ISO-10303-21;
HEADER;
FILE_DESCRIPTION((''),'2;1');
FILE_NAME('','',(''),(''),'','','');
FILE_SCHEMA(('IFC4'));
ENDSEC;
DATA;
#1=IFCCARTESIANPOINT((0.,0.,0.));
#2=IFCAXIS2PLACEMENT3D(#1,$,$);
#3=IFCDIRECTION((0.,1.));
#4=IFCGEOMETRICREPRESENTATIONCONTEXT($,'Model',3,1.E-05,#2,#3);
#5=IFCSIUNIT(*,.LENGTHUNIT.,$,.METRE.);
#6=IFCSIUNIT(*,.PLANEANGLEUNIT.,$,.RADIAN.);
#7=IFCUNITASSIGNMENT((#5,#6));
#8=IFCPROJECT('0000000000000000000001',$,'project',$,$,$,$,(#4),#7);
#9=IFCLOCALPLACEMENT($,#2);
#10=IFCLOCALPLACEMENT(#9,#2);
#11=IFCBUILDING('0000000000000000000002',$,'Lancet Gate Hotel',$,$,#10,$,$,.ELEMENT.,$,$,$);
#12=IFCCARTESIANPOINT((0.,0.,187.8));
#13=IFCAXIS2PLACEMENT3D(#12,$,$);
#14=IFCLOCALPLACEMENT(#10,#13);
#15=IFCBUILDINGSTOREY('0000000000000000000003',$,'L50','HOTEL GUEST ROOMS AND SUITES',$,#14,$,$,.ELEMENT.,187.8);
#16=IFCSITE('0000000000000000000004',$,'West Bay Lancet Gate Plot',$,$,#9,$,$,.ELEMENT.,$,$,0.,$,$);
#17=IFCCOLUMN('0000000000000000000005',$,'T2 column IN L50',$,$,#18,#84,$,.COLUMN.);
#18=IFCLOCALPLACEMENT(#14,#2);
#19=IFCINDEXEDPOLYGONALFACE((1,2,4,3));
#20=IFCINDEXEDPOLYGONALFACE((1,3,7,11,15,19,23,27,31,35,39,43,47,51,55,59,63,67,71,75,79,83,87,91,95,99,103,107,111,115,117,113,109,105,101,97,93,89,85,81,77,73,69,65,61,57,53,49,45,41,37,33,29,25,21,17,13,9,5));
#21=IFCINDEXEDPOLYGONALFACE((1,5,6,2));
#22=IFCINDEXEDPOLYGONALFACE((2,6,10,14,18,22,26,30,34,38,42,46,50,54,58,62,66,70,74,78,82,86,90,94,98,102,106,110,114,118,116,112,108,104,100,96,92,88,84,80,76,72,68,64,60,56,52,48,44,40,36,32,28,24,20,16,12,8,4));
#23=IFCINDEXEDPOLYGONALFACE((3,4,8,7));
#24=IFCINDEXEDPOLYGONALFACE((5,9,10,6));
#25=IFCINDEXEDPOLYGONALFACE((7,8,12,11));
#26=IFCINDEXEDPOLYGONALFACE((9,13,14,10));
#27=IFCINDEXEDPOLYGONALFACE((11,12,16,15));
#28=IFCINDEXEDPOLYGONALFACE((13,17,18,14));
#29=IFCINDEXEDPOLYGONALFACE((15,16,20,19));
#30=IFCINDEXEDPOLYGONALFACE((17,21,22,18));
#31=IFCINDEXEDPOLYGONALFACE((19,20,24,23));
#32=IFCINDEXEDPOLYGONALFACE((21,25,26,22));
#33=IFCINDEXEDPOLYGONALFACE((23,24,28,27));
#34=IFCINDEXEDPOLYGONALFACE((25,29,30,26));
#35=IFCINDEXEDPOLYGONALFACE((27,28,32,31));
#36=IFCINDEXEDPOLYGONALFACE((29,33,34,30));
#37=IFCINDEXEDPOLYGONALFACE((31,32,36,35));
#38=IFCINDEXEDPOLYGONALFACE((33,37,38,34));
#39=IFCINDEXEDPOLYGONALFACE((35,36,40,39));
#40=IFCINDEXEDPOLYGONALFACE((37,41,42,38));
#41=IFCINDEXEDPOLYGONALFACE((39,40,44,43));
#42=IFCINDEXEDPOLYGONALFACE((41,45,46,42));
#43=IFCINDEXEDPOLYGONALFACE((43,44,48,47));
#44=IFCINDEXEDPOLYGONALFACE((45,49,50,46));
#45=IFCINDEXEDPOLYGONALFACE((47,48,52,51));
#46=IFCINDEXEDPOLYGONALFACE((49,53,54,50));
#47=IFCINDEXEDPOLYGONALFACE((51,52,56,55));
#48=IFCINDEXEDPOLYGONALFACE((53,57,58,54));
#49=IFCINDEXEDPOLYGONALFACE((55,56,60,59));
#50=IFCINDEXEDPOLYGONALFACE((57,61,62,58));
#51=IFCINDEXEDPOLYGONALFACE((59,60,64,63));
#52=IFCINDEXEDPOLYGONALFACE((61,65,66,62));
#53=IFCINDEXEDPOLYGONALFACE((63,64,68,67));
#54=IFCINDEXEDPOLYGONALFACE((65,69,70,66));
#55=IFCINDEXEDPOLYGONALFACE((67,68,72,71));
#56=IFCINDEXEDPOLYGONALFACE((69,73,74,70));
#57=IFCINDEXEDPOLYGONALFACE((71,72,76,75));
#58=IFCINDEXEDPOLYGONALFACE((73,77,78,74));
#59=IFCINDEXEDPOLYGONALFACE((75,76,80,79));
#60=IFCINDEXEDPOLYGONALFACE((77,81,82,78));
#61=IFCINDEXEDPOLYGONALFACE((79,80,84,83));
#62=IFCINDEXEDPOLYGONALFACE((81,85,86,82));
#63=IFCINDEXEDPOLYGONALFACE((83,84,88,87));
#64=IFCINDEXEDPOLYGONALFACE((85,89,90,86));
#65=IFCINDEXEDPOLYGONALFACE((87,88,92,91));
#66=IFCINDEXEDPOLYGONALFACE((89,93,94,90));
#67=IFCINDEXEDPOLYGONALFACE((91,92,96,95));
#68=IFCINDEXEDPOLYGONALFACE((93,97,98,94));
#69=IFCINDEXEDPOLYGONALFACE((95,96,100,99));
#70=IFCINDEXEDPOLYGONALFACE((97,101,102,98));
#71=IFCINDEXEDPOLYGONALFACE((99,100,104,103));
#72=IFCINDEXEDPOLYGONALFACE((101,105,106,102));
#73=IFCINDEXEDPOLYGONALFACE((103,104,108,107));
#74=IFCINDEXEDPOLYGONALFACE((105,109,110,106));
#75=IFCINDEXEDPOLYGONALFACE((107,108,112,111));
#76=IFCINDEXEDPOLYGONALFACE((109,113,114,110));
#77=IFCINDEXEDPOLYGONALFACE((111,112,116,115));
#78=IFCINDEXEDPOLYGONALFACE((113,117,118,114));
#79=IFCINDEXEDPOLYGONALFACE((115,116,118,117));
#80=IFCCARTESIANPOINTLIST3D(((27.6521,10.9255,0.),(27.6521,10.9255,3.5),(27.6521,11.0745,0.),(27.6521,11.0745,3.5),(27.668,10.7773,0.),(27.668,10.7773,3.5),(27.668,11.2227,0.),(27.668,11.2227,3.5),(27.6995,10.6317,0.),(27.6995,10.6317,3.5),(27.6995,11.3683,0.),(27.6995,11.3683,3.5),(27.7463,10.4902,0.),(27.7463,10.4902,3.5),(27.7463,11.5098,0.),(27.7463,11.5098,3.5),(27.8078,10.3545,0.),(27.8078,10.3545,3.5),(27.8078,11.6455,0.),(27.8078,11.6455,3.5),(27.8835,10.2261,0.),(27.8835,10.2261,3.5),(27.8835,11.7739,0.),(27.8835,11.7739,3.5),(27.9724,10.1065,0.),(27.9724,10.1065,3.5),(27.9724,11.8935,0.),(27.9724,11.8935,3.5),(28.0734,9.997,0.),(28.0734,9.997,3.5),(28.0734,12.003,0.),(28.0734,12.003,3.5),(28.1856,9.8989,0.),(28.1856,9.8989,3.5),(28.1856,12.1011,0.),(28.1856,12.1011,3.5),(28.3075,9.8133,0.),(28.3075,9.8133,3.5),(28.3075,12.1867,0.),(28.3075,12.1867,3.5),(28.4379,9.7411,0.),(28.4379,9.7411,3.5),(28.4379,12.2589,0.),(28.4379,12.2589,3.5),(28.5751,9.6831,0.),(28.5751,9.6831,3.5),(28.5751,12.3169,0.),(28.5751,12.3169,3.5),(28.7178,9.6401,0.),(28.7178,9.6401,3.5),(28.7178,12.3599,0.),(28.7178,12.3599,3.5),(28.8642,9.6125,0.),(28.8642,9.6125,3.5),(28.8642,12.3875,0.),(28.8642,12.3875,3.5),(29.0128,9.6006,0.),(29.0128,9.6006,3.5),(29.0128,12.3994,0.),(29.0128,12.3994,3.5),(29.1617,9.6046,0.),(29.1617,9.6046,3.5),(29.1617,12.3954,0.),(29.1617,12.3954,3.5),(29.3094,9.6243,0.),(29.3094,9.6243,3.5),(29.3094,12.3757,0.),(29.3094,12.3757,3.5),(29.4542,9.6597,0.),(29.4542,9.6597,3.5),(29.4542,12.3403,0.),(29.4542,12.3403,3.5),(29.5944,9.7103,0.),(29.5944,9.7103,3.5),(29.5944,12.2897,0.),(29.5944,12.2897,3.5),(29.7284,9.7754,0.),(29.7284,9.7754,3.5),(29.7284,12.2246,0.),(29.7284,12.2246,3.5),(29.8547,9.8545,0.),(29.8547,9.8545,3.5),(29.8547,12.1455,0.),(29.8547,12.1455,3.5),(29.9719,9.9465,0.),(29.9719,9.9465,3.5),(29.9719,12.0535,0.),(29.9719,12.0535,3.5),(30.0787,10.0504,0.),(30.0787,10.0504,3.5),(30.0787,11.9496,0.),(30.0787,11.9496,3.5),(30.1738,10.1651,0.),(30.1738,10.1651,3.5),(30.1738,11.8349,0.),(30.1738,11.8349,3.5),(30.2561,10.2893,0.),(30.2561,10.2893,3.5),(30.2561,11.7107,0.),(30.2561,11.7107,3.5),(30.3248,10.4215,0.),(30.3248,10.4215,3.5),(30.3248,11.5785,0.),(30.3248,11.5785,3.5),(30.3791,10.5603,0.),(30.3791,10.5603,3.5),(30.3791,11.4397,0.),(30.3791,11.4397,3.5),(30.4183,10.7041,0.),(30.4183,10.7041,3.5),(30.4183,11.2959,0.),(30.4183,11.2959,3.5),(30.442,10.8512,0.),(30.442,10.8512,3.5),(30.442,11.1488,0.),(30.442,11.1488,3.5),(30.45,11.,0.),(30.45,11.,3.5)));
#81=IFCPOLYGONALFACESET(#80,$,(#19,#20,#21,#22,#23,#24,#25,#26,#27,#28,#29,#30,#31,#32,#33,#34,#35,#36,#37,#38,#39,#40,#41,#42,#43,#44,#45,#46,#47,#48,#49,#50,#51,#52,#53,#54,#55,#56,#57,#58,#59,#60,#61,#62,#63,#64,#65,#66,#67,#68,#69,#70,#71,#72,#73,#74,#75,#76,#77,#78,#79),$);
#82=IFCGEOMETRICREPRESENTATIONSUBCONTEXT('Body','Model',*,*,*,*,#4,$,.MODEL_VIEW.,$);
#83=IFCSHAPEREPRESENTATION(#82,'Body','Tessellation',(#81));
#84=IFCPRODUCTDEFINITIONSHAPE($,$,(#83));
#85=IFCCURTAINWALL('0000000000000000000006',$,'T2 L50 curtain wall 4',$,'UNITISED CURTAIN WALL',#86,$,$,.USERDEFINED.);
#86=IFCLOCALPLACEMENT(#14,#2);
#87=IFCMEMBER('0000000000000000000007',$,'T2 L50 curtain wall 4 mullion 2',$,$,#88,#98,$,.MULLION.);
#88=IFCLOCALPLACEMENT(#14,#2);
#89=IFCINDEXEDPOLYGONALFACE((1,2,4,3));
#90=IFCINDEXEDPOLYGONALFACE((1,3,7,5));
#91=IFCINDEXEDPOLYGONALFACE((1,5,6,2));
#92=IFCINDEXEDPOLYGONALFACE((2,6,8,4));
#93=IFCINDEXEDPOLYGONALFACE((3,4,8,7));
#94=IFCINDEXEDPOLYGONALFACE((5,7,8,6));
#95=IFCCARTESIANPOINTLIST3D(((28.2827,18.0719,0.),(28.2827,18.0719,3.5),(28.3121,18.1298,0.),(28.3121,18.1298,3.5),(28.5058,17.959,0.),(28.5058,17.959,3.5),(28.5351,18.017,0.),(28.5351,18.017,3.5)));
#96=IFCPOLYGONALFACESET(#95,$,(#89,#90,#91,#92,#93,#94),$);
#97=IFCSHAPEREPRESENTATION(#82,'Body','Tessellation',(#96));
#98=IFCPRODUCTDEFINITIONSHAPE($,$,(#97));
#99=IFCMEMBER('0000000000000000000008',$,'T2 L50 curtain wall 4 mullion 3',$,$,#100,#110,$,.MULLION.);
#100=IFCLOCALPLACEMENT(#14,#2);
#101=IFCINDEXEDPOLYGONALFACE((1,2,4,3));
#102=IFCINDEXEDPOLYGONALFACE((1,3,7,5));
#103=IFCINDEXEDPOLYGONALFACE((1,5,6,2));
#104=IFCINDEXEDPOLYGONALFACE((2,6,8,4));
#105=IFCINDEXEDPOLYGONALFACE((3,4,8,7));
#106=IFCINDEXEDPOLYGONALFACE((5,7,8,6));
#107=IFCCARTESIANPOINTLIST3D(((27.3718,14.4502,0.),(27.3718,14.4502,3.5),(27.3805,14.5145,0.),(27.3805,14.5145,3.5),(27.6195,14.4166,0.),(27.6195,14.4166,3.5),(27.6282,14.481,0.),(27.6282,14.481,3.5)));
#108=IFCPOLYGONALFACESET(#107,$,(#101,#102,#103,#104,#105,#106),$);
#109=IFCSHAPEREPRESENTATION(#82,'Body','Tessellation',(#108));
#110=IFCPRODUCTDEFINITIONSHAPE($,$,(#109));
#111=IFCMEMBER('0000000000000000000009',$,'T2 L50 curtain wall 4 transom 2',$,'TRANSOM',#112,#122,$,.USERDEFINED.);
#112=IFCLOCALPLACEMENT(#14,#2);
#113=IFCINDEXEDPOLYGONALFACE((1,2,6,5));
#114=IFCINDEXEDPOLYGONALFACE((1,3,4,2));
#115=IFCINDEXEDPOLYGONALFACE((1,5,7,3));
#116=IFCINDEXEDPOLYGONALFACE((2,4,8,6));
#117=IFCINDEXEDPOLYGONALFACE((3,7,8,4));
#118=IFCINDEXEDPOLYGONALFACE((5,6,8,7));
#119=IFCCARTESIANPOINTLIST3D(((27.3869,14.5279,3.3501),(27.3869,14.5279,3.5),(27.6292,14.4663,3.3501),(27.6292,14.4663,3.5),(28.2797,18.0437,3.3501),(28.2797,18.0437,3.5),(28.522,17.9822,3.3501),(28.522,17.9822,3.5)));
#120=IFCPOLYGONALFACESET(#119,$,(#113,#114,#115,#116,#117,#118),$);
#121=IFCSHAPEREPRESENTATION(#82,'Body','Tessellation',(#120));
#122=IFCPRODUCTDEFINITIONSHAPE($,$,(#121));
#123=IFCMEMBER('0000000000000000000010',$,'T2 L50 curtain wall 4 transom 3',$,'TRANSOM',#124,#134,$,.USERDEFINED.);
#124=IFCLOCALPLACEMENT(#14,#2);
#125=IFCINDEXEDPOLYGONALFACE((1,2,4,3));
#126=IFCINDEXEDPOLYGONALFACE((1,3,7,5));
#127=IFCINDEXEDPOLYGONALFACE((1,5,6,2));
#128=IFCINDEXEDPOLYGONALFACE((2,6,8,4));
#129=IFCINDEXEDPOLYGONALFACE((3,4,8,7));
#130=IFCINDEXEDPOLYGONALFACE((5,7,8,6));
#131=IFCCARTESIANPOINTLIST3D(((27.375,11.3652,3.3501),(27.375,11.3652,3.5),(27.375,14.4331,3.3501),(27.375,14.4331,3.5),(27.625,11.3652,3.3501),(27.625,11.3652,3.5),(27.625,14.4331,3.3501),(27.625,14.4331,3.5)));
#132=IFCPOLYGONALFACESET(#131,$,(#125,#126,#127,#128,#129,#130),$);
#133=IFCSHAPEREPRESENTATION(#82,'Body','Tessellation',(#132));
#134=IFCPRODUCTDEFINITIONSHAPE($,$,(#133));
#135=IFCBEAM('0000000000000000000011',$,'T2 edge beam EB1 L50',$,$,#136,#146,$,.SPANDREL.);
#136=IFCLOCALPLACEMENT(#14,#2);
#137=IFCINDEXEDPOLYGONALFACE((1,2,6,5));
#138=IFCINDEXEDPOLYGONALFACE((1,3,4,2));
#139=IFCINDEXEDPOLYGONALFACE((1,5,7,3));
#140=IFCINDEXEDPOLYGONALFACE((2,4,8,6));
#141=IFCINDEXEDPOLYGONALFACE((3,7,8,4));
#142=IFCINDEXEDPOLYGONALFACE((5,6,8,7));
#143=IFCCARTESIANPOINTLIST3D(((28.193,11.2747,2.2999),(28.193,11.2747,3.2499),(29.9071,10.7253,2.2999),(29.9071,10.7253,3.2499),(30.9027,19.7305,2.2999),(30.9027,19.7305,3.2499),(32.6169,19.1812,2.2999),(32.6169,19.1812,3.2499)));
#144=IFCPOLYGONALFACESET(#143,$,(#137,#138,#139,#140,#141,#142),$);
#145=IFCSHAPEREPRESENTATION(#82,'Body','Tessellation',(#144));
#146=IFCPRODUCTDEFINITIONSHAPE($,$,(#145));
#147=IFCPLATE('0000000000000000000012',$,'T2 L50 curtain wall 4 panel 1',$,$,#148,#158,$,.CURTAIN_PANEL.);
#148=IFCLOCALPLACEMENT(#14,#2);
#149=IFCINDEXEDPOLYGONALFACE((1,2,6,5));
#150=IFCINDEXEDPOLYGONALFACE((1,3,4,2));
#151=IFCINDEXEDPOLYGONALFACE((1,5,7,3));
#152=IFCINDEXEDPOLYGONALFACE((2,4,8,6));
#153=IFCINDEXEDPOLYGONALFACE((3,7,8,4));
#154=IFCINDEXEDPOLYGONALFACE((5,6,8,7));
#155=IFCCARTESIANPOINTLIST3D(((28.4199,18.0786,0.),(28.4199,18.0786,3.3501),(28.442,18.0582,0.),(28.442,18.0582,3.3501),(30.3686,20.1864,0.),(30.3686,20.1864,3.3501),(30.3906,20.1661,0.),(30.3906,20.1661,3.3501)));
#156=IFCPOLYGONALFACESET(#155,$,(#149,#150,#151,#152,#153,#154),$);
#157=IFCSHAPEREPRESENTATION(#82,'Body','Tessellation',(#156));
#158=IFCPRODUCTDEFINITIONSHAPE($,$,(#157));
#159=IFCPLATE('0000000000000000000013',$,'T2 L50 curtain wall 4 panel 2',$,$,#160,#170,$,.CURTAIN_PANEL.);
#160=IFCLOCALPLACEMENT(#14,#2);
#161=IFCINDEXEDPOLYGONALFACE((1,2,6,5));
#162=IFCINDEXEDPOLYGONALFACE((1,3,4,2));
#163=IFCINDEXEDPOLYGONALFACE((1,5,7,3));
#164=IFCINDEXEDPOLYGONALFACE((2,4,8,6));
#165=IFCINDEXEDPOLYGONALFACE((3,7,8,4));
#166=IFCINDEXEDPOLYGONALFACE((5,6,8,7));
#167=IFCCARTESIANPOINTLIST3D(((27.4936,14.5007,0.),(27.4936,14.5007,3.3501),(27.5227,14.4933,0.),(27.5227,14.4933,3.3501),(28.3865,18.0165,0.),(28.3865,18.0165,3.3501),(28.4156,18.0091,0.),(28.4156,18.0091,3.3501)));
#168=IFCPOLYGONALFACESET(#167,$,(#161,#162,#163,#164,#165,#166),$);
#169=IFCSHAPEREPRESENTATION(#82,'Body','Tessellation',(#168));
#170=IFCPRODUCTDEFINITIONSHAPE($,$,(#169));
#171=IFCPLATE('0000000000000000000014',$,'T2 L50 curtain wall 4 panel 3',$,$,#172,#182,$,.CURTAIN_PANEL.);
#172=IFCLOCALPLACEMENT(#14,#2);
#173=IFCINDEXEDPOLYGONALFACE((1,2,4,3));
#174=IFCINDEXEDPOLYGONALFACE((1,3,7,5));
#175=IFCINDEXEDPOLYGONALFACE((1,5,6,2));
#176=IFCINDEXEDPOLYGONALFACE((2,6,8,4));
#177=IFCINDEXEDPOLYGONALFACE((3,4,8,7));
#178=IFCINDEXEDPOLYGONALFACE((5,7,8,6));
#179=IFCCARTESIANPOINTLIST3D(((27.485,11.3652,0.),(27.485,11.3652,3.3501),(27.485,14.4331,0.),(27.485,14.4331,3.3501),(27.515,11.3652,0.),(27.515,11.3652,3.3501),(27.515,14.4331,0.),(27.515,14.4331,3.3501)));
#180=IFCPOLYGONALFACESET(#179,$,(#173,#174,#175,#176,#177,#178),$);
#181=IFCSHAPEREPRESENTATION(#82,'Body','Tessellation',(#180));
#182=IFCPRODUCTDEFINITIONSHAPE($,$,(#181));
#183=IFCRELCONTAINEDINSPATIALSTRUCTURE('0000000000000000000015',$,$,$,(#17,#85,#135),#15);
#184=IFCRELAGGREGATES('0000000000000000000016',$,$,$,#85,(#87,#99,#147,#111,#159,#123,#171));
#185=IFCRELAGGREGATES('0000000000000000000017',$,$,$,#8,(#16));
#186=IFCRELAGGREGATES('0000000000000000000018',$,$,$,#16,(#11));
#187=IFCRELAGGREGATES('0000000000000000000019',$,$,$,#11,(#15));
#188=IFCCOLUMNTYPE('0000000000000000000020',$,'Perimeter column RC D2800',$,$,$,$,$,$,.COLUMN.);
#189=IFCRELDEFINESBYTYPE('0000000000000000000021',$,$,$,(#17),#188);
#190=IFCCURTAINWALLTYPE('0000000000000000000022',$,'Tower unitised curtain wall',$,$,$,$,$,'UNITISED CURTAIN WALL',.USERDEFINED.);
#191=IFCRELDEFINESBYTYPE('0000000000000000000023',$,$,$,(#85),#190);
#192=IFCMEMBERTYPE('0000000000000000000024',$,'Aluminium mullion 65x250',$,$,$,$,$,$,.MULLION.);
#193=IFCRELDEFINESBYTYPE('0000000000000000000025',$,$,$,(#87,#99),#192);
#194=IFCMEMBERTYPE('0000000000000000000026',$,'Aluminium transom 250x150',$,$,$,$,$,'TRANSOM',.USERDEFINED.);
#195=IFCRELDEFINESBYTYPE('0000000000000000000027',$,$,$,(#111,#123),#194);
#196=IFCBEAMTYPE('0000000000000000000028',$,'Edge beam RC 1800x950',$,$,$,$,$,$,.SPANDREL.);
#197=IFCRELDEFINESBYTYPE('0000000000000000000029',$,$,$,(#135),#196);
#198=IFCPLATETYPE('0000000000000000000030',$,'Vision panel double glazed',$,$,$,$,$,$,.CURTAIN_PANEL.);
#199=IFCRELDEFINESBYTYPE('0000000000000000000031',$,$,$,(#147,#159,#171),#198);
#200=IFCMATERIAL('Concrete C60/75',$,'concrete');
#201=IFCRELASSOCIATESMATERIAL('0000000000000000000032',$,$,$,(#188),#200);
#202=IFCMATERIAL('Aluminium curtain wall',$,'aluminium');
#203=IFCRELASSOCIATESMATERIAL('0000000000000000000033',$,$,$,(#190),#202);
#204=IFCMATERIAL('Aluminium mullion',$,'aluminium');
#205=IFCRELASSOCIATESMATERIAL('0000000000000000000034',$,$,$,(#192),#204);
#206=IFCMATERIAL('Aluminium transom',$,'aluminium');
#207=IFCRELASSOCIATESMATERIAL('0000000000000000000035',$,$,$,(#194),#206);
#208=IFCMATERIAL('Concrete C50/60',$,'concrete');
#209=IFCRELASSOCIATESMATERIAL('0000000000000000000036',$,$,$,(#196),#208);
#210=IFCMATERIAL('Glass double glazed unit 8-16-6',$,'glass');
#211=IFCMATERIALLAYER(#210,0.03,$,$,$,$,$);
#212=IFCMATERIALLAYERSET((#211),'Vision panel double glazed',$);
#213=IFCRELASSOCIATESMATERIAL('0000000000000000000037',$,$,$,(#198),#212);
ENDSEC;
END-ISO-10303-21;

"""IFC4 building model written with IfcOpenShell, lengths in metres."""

from ifc_helpers import new_model, si_unit, direction, frame, origin, origin_2d, place, context, subcontext, project, spatial, rectangle, circle, extrude, material, layer, layer_set, material_profile, profile_set, type_object, element, aggregate, save


model = new_model("IFC4")

# Units and contexts
model_context = context("Model", 3, precision=1e-05, world=origin(), true_north=direction((0.0, 1.0)))
body_context = subcontext(model_context, "Body", "Model", "MODEL_VIEW")
ifc_project = project(units=[si_unit("LENGTHUNIT", "METRE"), si_unit("PLANEANGLEUNIT", "RADIAN")], contexts=[model_context])

# Site, building, storey
site_placement = place(None, origin())
site = spatial("IfcSite", under=ifc_project, at=site_placement, Name="West Bay Lancet Gate Plot", CompositionType="ELEMENT", RefElevation=0.0)
building_placement = place(site_placement, origin())
building = spatial("IfcBuilding", under=site, at=building_placement, Name="Lancet Gate Hotel", CompositionType="ELEMENT")
storey_placement = place(building_placement, frame((0.0, 0.0, 187.8)))
storey = spatial("IfcBuildingStorey", under=building, at=storey_placement, Name="L50", Description="HOTEL GUEST ROOMS AND SUITES", CompositionType="ELEMENT", Elevation=187.8)

# Column
ifc_material_1 = material(Name="Concrete C60/75", Category="concrete")
ifc_material_profile_1 = material_profile(ifc_material_1, circle(Radius=1.3999, at=origin_2d()), Name="RC D2800")
ifc_profile_set_1 = profile_set([ifc_material_profile_1], Name="Concrete C60/75")
column_type = type_object("IfcColumnType", Name="Perimeter column RC D2800", PredefinedType="COLUMN", material=ifc_profile_set_1)
column_placement = place(storey_placement, frame((29.05, 11.0, 0.0), z_axis=(0.0, 0.0, 1.0), x_axis=(1.0, 0.0, 0.0)))
element("IfcColumn", 1, at=column_placement, inside=storey, type_object=column_type, Name="T2 column IN L50", PredefinedType="COLUMN", context=body_context, shape_type="SweptSolid", body=[
    extrude(circle(Radius=1.3999, at=origin_2d()), origin(), (0.0, 0.0, 1.0), 3.5),
])

# Curtain wall, members
ifc_material_2 = material(Name="Aluminium curtain wall", Category="aluminium")
curtain_wall_type = type_object("IfcCurtainWallType", Name="Tower unitised curtain wall", ElementType="UNITISED CURTAIN WALL", PredefinedType="USERDEFINED", material=ifc_material_2)
curtain_wall_placement = place(storey_placement, origin())
curtain_wall = element("IfcCurtainWall", 2, at=curtain_wall_placement, inside=storey, type_object=curtain_wall_type, Name="T2 L50 curtain wall 4", ObjectType="UNITISED CURTAIN WALL", PredefinedType="USERDEFINED")
ifc_material_3 = material(Name="Aluminium mullion", Category="aluminium")
ifc_material_profile_2 = material_profile(ifc_material_3, rectangle(XDim=0.0649, YDim=0.25, at=origin_2d()), Name="MULLION 65x250")
ifc_profile_set_2 = profile_set([ifc_material_profile_2], Name="Aluminium mullion")
member_type_1 = type_object("IfcMemberType", Name="Aluminium mullion 65x250", PredefinedType="MULLION", material=ifc_profile_set_2)
member_1_placement = place(storey_placement, frame((28.4089, 18.0444, 0.0), z_axis=(0.0, 0.0, 1.0), x_axis=(-0.451506, -0.892268, 0.0)))
member_1 = element("IfcMember", 3, at=member_1_placement, type_object=member_type_1, Name="T2 L50 curtain wall 4 mullion 2", PredefinedType="MULLION", context=body_context, shape_type="SweptSolid", body=[
    extrude(rectangle(XDim=0.0649, YDim=0.25, at=origin_2d()), origin(), (0.0, 0.0, 1.0), 3.5),
])
member_2_placement = place(storey_placement, frame((27.5, 14.4656, 0.0), z_axis=(0.0, 0.0, 1.0), x_axis=(-0.134207, -0.990953, 0.0)))
member_2 = element("IfcMember", 4, at=member_2_placement, type_object=member_type_1, Name="T2 L50 curtain wall 4 mullion 3", PredefinedType="MULLION", context=body_context, shape_type="SweptSolid", body=[
    extrude(rectangle(XDim=0.0649, YDim=0.25, at=origin_2d()), origin(), (0.0, 0.0, 1.0), 3.5),
])
ifc_material_4 = material(Name="Aluminium transom", Category="aluminium")
ifc_material_profile_3 = material_profile(ifc_material_4, rectangle(XDim=0.25, YDim=0.1499, at=origin_2d()), Name="TRANSOM 250x150")
ifc_profile_set_3 = profile_set([ifc_material_profile_3], Name="Aluminium transom")
member_type_2 = type_object("IfcMemberType", Name="Aluminium transom 250x150", ElementType="TRANSOM", PredefinedType="USERDEFINED", material=ifc_profile_set_3)
member_3_placement = place(storey_placement, frame((28.4009, 18.0129, 3.425), z_axis=(-0.246129, -0.969237, 0.0), x_axis=(0.969237, -0.246129, 0.0)))
member_3 = element("IfcMember", 5, at=member_3_placement, type_object=member_type_2, Name="T2 L50 curtain wall 4 transom 2", ObjectType="TRANSOM", PredefinedType="USERDEFINED", context=body_context, shape_type="SweptSolid", body=[
    extrude(rectangle(XDim=0.25, YDim=0.1499, at=origin_2d()), origin(), (0.0, 0.0, 1.0), 3.6274),
])
member_4_placement = place(storey_placement, frame((27.5, 14.4331, 3.425), z_axis=(0.0, -1.0, 0.0), x_axis=(1.0, 0.0, 0.0)))
member_4 = element("IfcMember", 6, at=member_4_placement, type_object=member_type_2, Name="T2 L50 curtain wall 4 transom 3", ObjectType="TRANSOM", PredefinedType="USERDEFINED", context=body_context, shape_type="SweptSolid", body=[
    extrude(rectangle(XDim=0.25, YDim=0.1499, at=origin_2d()), origin(), (0.0, 0.0, 1.0), 3.0679),
])

# Beam
ifc_material_5 = material(Name="Concrete C50/60", Category="concrete")
ifc_material_profile_4 = material_profile(ifc_material_5, rectangle(XDim=1.8, YDim=0.95, at=origin_2d()), Name="RC 1800x950")
ifc_profile_set_4 = profile_set([ifc_material_profile_4], Name="Concrete C50/60")
beam_type = type_object("IfcBeamType", Name="Edge beam RC 1800x950", PredefinedType="SPANDREL", material=ifc_profile_set_4)
beam_placement = place(storey_placement, frame((29.05, 11.0, 2.7749), z_axis=(0.30517, 0.952298, 0.0), x_axis=(-0.952298, 0.30517, 0.0)))
element("IfcBeam", 7, at=beam_placement, inside=storey, type_object=beam_type, Name="T2 edge beam EB1 L50", PredefinedType="SPANDREL", context=body_context, shape_type="SweptSolid", body=[
    extrude(rectangle(XDim=1.8, YDim=0.95, at=origin_2d()), origin(), (0.0, 0.0, 1.0), 8.8794),
])

# Plates
ifc_material_6 = material(Name="Glass double glazed unit 8-16-6", Category="glass")
ifc_layer_1 = layer(ifc_material_6, 0.03)
ifc_layer_set_1 = layer_set([ifc_layer_1], Name="Vision panel double glazed")
plate_type = type_object("IfcPlateType", Name="Vision panel double glazed", PredefinedType="CURTAIN_PANEL", material=ifc_layer_set_1)
plate_1_placement = place(storey_placement, frame((29.4053, 19.1223, 0.0), z_axis=(0.0, 0.0, 1.0), x_axis=(-0.678831, -0.734294, 0.0)))
plate_1 = element("IfcPlate", 8, at=plate_1_placement, type_object=plate_type, Name="T2 L50 curtain wall 4 panel 1", PredefinedType="CURTAIN_PANEL", context=body_context, shape_type="SweptSolid", body=[
    extrude(rectangle(XDim=2.8706, YDim=0.03, at=origin_2d()), origin(), (0.0, 0.0, 1.0), 3.3501),
])
plate_2_placement = place(storey_placement, frame((27.9546, 16.2549, 0.0), z_axis=(0.0, 0.0, 1.0), x_axis=(-0.246167, -0.969228, 0.0)))
plate_2 = element("IfcPlate", 9, at=plate_2_placement, type_object=plate_type, Name="T2 L50 curtain wall 4 panel 2", PredefinedType="CURTAIN_PANEL", context=body_context, shape_type="SweptSolid", body=[
    extrude(rectangle(XDim=3.6274, YDim=0.03, at=origin_2d()), origin(), (0.0, 0.0, 1.0), 3.3501),
])
plate_3_placement = place(storey_placement, frame((27.5, 12.8992, 0.0), z_axis=(0.0, 0.0, 1.0), x_axis=(0.0, -1.0, 0.0)))
plate_3 = element("IfcPlate", 10, at=plate_3_placement, type_object=plate_type, Name="T2 L50 curtain wall 4 panel 3", PredefinedType="CURTAIN_PANEL", context=body_context, shape_type="SweptSolid", body=[
    extrude(rectangle(XDim=3.0679, YDim=0.03, at=origin_2d()), origin(), (0.0, 0.0, 1.0), 3.3501),
])
aggregate(curtain_wall, [member_1, member_2, plate_1, member_3, plate_2, member_4, plate_3])

save(model, "model.ifc")
